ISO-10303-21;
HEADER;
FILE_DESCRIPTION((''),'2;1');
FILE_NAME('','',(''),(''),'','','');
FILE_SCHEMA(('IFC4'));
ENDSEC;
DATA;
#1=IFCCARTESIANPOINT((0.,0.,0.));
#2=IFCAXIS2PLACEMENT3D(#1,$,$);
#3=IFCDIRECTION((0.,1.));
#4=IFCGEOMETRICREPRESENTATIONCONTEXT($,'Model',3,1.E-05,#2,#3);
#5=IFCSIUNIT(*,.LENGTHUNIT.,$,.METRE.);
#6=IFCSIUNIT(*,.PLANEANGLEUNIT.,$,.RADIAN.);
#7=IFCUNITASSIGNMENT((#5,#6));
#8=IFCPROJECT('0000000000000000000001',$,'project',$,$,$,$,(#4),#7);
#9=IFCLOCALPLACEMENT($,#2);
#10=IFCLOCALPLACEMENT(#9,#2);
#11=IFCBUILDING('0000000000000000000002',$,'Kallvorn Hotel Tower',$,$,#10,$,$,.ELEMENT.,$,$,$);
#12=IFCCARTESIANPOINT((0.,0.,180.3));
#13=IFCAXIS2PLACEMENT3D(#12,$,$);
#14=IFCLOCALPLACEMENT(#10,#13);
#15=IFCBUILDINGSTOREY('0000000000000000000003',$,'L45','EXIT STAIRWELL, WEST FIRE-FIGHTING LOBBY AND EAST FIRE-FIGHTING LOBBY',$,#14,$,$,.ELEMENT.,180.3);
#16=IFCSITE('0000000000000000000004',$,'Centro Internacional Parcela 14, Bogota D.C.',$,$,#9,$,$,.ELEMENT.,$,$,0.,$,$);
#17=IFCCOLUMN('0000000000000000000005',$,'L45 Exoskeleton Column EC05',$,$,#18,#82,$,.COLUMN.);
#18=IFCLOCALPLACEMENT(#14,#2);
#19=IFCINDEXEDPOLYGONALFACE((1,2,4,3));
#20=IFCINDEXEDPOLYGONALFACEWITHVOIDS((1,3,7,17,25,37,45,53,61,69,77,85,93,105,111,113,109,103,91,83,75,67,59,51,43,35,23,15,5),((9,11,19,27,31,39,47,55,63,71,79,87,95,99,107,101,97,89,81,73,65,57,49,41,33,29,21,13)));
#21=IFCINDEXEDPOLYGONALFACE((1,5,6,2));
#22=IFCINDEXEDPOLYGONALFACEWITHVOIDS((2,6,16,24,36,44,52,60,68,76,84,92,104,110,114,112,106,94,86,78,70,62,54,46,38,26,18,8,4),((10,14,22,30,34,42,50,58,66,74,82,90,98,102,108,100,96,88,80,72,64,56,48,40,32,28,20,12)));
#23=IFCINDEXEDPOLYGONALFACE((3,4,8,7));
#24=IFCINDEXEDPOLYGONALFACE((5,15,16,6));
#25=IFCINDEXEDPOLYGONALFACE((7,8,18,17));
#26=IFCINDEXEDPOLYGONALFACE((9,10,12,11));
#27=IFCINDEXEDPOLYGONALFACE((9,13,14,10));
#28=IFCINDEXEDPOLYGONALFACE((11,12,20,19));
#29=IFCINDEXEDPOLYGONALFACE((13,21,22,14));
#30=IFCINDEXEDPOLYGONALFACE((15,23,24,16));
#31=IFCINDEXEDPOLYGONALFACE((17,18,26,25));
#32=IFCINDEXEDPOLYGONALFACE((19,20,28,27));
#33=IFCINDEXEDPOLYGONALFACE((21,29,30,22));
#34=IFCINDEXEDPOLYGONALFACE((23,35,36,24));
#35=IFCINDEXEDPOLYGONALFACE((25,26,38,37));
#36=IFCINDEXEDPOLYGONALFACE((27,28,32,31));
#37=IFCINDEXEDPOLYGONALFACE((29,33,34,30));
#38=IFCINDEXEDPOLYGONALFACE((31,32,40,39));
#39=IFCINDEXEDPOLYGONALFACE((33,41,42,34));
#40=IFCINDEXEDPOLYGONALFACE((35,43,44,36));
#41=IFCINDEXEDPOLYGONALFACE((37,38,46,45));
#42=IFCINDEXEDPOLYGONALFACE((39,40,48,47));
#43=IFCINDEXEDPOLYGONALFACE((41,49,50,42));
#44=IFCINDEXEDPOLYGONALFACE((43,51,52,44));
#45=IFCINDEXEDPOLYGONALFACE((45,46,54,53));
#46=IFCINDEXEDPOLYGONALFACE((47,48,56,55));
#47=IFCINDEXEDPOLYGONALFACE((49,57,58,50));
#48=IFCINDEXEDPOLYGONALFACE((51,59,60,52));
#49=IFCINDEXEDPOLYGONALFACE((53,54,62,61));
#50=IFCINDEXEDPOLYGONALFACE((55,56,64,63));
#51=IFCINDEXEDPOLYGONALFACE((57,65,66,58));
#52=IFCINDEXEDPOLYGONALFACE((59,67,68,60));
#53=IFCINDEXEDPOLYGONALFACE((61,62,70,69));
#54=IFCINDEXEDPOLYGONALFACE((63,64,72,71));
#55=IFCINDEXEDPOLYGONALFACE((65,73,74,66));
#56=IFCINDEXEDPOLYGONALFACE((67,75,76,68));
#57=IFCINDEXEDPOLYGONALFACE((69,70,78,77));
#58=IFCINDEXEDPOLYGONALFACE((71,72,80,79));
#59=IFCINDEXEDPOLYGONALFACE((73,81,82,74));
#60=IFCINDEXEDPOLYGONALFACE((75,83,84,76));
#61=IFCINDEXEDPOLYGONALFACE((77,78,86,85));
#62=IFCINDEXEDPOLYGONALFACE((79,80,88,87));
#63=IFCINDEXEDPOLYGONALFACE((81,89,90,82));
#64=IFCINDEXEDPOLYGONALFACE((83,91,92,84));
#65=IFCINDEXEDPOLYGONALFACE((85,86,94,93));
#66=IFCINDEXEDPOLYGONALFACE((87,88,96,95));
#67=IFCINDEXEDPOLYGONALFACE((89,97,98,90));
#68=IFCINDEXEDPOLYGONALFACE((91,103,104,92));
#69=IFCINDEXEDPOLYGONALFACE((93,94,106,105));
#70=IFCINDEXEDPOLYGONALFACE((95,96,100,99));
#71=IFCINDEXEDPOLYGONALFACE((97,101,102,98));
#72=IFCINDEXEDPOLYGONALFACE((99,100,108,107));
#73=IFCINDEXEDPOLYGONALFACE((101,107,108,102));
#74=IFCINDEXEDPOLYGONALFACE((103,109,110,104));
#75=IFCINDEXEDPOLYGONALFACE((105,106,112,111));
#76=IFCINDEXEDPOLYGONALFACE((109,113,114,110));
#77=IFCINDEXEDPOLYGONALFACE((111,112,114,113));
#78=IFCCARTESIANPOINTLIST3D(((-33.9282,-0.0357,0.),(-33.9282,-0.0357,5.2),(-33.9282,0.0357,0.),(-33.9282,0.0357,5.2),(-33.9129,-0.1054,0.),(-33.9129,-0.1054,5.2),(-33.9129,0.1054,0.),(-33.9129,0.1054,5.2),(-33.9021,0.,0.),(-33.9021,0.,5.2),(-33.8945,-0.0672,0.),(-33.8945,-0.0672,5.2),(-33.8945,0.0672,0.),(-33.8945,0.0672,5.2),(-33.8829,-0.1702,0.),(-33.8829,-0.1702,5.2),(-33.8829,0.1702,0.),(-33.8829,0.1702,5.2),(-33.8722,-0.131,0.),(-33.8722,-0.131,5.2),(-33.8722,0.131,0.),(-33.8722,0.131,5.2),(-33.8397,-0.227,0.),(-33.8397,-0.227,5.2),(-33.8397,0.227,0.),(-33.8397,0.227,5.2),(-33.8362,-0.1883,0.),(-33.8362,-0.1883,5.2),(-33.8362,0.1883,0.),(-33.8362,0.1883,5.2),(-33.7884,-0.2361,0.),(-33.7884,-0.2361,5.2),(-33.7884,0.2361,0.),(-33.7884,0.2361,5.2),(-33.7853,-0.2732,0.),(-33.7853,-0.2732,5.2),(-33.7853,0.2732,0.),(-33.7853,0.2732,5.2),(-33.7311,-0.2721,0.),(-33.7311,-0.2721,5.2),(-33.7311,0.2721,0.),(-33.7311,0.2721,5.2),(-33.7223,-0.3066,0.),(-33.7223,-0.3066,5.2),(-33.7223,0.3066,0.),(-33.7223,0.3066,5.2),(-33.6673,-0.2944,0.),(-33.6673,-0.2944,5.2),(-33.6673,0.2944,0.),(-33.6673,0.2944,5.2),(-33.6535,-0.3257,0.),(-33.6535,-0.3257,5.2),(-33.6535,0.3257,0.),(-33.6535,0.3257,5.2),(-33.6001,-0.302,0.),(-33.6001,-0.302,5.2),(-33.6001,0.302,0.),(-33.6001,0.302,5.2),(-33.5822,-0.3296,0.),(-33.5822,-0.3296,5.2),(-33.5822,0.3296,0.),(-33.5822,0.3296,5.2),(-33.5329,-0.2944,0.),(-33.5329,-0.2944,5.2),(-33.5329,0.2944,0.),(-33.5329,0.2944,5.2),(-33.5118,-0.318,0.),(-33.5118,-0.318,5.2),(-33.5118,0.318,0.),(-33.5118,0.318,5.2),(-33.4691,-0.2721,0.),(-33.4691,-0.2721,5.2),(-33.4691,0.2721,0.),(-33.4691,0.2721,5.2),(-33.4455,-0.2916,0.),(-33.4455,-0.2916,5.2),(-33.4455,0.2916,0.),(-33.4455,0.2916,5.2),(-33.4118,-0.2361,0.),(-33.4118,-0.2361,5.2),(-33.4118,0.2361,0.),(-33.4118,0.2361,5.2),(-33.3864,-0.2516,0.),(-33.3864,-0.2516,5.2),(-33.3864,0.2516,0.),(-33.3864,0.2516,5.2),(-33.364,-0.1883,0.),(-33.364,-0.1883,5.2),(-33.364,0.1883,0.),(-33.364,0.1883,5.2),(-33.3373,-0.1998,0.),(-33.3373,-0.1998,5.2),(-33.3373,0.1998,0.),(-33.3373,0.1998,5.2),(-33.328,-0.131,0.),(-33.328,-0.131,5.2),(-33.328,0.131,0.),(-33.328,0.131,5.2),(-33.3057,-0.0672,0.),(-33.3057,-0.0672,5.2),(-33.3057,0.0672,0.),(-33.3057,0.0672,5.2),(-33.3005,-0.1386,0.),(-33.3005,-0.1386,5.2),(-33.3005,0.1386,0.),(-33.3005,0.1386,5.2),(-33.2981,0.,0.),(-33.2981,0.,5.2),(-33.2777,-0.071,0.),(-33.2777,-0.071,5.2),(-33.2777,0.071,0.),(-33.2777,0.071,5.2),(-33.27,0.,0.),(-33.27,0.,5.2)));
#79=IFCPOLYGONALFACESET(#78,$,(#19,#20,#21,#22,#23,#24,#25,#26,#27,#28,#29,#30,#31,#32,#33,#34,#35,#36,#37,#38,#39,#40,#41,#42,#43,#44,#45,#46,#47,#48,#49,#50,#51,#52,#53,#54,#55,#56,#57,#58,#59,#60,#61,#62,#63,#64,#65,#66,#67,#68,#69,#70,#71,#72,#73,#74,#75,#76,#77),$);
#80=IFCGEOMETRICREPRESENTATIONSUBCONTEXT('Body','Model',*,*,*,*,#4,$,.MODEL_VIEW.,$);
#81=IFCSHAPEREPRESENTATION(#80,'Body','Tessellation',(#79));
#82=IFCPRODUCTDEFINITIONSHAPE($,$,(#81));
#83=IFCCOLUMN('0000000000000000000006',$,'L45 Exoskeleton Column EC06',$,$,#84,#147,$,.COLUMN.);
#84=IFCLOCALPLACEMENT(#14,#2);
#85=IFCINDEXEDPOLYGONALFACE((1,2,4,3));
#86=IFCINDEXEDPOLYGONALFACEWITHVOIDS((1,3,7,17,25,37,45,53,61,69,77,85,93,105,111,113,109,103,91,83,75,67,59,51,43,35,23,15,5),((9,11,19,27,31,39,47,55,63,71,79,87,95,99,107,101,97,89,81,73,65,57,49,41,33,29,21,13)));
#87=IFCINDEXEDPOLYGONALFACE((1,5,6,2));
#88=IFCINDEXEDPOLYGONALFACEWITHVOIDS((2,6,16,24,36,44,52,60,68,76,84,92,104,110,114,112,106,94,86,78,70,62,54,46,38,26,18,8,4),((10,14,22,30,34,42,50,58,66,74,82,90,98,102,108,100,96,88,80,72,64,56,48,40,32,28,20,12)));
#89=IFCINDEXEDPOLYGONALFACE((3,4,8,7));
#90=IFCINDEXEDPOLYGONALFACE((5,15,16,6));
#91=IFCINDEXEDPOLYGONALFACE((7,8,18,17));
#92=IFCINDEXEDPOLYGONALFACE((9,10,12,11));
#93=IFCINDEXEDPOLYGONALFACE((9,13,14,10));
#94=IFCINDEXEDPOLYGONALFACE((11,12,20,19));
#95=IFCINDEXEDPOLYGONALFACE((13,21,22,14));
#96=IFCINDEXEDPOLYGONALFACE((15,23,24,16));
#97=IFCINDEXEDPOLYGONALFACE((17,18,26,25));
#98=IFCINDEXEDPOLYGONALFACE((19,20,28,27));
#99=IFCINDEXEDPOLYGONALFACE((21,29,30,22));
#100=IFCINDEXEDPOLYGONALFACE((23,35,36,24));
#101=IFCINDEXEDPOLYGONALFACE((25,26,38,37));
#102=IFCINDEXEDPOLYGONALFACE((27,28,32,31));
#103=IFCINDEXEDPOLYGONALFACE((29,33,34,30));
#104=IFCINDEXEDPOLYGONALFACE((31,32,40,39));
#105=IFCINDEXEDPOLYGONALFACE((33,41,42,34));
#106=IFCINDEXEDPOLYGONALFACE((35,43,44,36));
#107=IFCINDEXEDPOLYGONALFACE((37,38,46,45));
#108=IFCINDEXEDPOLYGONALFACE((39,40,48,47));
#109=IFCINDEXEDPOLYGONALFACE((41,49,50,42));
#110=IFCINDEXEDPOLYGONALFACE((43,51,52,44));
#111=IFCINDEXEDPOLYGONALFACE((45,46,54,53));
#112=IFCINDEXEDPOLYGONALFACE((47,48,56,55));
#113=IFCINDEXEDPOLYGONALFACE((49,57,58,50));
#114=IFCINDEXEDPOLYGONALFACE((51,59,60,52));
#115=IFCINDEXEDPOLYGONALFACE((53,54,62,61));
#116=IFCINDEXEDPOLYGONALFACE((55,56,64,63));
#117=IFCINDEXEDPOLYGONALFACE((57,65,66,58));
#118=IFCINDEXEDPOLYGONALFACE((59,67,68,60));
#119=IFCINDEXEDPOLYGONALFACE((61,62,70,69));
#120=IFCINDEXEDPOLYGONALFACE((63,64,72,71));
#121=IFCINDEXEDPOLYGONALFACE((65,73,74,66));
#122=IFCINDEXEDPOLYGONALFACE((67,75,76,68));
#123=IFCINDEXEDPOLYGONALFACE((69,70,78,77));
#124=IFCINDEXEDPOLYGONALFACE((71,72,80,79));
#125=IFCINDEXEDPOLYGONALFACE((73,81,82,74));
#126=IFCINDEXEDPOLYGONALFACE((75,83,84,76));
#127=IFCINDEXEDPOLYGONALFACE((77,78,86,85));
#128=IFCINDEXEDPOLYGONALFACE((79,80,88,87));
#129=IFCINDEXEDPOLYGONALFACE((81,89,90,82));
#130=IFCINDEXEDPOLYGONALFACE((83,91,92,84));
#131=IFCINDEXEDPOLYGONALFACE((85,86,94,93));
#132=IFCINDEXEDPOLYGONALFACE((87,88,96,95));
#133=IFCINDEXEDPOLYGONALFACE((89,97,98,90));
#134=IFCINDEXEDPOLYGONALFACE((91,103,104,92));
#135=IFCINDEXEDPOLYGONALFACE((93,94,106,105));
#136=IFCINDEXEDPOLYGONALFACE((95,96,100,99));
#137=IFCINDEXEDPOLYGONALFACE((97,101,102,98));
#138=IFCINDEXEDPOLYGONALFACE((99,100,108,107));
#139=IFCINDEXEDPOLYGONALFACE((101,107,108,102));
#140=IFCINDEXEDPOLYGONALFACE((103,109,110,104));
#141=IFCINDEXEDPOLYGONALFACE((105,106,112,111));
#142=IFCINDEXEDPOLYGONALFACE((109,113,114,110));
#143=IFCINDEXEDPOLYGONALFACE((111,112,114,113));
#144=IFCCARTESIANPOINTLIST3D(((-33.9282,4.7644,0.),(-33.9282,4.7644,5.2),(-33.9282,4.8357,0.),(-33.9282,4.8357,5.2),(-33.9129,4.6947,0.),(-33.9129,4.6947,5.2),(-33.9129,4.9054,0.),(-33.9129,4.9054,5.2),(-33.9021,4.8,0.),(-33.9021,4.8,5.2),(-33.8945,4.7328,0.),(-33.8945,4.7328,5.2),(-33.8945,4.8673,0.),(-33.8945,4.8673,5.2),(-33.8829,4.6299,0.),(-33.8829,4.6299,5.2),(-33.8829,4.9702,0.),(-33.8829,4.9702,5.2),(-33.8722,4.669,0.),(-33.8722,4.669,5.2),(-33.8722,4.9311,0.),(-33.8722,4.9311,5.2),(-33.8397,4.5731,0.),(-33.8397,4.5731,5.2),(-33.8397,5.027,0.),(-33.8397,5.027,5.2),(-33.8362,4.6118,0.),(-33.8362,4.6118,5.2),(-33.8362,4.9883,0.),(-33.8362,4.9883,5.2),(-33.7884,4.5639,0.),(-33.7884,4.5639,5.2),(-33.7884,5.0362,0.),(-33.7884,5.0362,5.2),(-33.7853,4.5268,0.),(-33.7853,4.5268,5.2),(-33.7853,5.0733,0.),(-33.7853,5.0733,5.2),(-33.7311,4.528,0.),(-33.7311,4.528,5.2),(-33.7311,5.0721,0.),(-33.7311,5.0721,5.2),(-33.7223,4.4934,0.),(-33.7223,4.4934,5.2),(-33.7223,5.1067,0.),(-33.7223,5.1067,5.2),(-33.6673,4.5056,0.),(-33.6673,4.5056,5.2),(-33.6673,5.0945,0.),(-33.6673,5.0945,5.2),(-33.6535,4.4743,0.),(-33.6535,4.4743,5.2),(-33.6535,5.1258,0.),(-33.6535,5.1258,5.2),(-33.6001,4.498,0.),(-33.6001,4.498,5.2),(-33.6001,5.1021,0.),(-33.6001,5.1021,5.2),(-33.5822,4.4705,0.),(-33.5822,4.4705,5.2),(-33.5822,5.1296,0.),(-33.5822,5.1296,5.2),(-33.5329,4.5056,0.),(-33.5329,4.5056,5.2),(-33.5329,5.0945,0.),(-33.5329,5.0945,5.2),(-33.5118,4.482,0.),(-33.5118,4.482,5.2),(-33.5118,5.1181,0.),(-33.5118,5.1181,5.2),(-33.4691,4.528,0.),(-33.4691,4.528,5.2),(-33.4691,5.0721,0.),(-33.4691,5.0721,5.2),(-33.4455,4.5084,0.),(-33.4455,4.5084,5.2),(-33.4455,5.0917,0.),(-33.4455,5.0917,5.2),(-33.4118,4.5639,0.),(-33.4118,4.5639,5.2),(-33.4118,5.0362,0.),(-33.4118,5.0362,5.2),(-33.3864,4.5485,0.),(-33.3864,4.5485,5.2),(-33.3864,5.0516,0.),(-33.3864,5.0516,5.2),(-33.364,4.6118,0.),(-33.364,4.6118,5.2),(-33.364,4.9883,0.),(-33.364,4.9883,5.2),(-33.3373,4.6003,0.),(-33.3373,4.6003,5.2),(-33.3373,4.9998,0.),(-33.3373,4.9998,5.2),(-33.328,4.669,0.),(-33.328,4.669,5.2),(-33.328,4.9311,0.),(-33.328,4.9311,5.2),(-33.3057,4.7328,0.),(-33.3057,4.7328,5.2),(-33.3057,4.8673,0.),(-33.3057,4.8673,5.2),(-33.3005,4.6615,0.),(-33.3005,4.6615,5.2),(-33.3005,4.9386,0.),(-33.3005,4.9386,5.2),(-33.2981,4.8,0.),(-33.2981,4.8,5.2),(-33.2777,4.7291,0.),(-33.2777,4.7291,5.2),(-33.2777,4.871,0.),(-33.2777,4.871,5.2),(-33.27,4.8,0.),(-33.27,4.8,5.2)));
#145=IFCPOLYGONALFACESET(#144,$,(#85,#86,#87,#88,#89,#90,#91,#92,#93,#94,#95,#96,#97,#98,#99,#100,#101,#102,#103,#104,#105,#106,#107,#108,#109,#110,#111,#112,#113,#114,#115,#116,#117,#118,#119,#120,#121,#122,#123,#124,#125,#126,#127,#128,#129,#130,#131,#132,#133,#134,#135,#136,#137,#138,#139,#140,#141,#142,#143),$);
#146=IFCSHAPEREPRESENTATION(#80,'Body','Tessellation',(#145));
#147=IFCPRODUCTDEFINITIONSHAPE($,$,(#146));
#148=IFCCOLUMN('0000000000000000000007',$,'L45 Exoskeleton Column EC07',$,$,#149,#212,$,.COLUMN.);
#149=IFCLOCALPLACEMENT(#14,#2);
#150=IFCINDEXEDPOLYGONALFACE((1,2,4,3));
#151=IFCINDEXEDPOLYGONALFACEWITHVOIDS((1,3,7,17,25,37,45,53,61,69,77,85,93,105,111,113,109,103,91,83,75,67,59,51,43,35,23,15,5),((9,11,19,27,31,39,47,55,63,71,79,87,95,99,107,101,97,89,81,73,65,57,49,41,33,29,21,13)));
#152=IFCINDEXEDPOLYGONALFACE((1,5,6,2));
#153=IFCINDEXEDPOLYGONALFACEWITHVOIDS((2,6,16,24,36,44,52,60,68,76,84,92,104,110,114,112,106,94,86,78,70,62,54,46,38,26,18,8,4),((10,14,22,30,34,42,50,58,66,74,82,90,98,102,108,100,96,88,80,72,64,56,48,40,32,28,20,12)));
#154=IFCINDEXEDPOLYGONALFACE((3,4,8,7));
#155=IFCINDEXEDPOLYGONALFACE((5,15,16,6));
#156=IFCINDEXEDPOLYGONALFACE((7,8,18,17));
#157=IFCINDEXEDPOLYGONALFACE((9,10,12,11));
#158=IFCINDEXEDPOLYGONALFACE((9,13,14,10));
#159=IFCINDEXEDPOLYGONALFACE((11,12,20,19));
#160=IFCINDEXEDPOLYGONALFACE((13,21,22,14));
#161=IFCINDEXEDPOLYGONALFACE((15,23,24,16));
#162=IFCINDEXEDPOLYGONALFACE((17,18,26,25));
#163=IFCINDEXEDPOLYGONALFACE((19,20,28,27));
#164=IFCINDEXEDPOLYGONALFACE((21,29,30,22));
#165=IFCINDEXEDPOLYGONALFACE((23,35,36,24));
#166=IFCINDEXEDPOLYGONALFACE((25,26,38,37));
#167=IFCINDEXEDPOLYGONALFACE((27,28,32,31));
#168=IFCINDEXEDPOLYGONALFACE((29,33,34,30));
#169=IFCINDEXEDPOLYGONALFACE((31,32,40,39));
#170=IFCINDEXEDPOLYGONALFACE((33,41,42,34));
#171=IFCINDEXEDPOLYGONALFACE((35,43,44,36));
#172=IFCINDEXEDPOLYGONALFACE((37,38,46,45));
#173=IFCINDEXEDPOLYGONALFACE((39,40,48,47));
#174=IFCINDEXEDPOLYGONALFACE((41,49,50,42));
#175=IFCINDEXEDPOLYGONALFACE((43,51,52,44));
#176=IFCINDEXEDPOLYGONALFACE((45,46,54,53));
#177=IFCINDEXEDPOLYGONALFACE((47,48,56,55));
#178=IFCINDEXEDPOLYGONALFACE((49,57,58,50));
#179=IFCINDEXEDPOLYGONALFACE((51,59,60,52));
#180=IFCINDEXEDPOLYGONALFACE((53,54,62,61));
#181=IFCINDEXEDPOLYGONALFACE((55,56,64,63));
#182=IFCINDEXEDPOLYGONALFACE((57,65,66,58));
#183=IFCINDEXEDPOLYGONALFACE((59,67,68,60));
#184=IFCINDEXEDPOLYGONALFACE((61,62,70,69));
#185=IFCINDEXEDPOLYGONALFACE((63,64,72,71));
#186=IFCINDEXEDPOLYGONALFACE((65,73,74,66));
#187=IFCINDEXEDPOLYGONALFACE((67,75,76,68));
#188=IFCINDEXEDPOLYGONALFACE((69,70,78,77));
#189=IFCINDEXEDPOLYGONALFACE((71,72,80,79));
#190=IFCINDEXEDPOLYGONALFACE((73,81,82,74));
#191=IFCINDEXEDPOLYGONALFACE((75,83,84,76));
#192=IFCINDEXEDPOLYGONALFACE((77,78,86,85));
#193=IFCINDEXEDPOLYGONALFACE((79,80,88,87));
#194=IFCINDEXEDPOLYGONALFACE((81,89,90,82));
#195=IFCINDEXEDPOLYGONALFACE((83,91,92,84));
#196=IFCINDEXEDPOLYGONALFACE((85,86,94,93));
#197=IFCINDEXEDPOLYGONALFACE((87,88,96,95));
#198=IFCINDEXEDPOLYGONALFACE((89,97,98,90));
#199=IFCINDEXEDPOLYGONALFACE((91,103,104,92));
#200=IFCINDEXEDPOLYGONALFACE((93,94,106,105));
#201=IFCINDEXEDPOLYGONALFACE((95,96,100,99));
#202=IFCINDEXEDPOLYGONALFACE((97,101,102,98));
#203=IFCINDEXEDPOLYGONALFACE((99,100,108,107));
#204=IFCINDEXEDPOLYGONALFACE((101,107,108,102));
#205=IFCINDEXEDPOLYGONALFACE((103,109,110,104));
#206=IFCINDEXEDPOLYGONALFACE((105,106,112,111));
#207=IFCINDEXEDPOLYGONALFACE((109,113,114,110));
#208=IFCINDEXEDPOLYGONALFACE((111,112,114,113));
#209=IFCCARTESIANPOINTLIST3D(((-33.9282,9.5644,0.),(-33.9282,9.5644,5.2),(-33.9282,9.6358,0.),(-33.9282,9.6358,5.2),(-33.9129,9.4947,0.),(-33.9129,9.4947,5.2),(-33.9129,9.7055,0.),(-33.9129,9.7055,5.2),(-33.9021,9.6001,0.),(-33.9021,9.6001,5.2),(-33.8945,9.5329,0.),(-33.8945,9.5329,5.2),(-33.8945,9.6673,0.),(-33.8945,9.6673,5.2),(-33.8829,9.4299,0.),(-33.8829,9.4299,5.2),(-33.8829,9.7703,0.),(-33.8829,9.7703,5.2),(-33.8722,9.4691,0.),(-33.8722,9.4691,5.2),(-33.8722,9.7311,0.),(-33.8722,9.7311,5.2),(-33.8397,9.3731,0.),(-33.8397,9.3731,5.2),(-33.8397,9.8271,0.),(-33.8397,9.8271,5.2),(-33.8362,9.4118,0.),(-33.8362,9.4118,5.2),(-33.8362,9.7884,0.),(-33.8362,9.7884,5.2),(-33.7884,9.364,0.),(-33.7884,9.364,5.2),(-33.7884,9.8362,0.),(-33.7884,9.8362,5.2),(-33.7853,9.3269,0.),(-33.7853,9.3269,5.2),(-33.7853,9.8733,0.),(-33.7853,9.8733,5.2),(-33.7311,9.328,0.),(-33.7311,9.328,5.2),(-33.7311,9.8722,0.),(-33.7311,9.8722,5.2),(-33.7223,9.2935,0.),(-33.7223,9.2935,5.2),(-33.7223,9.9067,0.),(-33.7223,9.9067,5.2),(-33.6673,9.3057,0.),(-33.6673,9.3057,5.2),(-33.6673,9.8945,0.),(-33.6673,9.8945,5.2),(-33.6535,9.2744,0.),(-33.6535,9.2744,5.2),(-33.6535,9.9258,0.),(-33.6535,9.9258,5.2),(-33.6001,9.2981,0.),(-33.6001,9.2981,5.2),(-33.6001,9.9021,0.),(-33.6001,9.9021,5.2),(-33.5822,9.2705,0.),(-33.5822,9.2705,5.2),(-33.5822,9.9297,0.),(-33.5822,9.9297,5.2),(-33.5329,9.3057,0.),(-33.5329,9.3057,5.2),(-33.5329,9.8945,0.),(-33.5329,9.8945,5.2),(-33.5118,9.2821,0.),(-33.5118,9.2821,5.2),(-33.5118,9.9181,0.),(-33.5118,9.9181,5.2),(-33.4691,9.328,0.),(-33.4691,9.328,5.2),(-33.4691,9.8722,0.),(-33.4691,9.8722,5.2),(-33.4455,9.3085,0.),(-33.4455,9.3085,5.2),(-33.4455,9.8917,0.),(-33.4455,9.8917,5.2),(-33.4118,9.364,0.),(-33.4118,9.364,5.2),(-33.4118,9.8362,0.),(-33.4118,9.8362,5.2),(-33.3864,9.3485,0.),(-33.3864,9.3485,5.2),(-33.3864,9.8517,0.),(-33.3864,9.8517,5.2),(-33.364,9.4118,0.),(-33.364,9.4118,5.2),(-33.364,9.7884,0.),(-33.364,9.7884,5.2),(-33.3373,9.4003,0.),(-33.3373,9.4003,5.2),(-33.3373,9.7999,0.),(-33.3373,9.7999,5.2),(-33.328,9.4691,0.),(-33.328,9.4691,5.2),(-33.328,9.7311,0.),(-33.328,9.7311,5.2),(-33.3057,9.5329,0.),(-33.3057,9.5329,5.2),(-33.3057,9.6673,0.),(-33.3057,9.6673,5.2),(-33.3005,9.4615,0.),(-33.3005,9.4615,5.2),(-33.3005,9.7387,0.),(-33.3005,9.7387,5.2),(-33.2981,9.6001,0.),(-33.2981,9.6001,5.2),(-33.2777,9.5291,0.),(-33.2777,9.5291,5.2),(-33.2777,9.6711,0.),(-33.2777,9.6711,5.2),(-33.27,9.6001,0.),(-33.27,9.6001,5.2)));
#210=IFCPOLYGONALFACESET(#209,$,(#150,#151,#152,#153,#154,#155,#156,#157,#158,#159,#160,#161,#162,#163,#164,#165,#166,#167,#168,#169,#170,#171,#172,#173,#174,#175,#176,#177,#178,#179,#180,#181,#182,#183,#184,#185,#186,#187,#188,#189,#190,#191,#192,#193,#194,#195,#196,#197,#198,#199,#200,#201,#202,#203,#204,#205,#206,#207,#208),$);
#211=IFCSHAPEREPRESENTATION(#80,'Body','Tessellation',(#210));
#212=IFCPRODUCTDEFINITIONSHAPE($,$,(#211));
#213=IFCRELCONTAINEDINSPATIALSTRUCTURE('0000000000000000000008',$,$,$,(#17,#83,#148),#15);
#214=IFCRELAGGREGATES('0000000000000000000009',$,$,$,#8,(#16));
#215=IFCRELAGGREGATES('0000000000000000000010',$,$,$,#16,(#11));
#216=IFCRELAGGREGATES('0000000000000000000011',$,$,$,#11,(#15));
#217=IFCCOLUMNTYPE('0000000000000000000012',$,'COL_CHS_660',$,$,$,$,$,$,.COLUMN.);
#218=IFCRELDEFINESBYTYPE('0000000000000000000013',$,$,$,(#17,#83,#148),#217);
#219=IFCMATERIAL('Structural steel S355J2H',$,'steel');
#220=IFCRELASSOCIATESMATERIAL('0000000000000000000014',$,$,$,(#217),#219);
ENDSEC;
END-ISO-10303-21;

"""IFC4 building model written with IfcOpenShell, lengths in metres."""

from ifc_helpers import new_model, si_unit, direction, frame, origin, origin_2d, place, context, subcontext, project, spatial, hollow_circle, extrude, material, material_profile, profile_set, type_object, element, save


model = new_model("IFC4")

# Units and contexts
model_context = context("Model", 3, precision=1e-05, world=origin(), true_north=direction((0.0, 1.0)))
body_context = subcontext(model_context, "Body", "Model", "MODEL_VIEW")
ifc_project = project(units=[si_unit("LENGTHUNIT", "METRE"), si_unit("PLANEANGLEUNIT", "RADIAN")], contexts=[model_context])

# Site, building, storey
site_placement = place(None, origin())
site = spatial("IfcSite", under=ifc_project, at=site_placement, Name="Centro Internacional Parcela 14, Bogota D.C.", CompositionType="ELEMENT", RefElevation=0.0)
building_placement = place(site_placement, origin())
building = spatial("IfcBuilding", under=site, at=building_placement, Name="Kallvorn Hotel Tower", CompositionType="ELEMENT")
storey_placement = place(building_placement, frame((0.0, 0.0, 180.3)))
storey = spatial("IfcBuildingStorey", under=building, at=storey_placement, Name="L45", Description="EXIT STAIRWELL, WEST FIRE-FIGHTING LOBBY AND EAST FIRE-FIGHTING LOBBY", CompositionType="ELEMENT", Elevation=180.3)

# Columns
ifc_material_1 = material(Name="Structural steel S355J2H", Category="steel")
ifc_material_profile_1 = material_profile(ifc_material_1, hollow_circle(Radius=0.3301, WallThickness=0.0281, at=origin_2d()), Name="CHS 660x28")
ifc_profile_set_1 = profile_set([ifc_material_profile_1], Name="Structural steel S355J2H")
column_type_1 = type_object("IfcColumnType", Name="COL_CHS_660", PredefinedType="COLUMN", material=ifc_profile_set_1)
for number, where, z_axis, x_axis, name in (
    (1, (-33.6001, 0.0, 0.0), (0.0, 0.0, 1.0), (1.0, 0.0, 0.0), "L45 Exoskeleton Column EC05"),
    (2, (-33.6001, 4.8, 0.0), (0.0, 0.0, 1.0), (1.0, 0.0, 0.0), "L45 Exoskeleton Column EC06"),
    (3, (-33.6001, 9.6001, 0.0), (0.0, 0.0, 1.0), (1.0, 0.0, 0.0), "L45 Exoskeleton Column EC07"),
):
    element("IfcColumn", number, at=place(storey_placement, frame(where, z_axis=z_axis, x_axis=x_axis)), inside=storey, type_object=column_type_1, Name=name, PredefinedType="COLUMN", context=body_context, shape_type="SweptSolid", body=[
        extrude(hollow_circle(Radius=0.3301, WallThickness=0.0281, at=origin_2d()), origin(), (0.0, 0.0, 1.0), 5.2),
    ])

save(model, "model.ifc")
